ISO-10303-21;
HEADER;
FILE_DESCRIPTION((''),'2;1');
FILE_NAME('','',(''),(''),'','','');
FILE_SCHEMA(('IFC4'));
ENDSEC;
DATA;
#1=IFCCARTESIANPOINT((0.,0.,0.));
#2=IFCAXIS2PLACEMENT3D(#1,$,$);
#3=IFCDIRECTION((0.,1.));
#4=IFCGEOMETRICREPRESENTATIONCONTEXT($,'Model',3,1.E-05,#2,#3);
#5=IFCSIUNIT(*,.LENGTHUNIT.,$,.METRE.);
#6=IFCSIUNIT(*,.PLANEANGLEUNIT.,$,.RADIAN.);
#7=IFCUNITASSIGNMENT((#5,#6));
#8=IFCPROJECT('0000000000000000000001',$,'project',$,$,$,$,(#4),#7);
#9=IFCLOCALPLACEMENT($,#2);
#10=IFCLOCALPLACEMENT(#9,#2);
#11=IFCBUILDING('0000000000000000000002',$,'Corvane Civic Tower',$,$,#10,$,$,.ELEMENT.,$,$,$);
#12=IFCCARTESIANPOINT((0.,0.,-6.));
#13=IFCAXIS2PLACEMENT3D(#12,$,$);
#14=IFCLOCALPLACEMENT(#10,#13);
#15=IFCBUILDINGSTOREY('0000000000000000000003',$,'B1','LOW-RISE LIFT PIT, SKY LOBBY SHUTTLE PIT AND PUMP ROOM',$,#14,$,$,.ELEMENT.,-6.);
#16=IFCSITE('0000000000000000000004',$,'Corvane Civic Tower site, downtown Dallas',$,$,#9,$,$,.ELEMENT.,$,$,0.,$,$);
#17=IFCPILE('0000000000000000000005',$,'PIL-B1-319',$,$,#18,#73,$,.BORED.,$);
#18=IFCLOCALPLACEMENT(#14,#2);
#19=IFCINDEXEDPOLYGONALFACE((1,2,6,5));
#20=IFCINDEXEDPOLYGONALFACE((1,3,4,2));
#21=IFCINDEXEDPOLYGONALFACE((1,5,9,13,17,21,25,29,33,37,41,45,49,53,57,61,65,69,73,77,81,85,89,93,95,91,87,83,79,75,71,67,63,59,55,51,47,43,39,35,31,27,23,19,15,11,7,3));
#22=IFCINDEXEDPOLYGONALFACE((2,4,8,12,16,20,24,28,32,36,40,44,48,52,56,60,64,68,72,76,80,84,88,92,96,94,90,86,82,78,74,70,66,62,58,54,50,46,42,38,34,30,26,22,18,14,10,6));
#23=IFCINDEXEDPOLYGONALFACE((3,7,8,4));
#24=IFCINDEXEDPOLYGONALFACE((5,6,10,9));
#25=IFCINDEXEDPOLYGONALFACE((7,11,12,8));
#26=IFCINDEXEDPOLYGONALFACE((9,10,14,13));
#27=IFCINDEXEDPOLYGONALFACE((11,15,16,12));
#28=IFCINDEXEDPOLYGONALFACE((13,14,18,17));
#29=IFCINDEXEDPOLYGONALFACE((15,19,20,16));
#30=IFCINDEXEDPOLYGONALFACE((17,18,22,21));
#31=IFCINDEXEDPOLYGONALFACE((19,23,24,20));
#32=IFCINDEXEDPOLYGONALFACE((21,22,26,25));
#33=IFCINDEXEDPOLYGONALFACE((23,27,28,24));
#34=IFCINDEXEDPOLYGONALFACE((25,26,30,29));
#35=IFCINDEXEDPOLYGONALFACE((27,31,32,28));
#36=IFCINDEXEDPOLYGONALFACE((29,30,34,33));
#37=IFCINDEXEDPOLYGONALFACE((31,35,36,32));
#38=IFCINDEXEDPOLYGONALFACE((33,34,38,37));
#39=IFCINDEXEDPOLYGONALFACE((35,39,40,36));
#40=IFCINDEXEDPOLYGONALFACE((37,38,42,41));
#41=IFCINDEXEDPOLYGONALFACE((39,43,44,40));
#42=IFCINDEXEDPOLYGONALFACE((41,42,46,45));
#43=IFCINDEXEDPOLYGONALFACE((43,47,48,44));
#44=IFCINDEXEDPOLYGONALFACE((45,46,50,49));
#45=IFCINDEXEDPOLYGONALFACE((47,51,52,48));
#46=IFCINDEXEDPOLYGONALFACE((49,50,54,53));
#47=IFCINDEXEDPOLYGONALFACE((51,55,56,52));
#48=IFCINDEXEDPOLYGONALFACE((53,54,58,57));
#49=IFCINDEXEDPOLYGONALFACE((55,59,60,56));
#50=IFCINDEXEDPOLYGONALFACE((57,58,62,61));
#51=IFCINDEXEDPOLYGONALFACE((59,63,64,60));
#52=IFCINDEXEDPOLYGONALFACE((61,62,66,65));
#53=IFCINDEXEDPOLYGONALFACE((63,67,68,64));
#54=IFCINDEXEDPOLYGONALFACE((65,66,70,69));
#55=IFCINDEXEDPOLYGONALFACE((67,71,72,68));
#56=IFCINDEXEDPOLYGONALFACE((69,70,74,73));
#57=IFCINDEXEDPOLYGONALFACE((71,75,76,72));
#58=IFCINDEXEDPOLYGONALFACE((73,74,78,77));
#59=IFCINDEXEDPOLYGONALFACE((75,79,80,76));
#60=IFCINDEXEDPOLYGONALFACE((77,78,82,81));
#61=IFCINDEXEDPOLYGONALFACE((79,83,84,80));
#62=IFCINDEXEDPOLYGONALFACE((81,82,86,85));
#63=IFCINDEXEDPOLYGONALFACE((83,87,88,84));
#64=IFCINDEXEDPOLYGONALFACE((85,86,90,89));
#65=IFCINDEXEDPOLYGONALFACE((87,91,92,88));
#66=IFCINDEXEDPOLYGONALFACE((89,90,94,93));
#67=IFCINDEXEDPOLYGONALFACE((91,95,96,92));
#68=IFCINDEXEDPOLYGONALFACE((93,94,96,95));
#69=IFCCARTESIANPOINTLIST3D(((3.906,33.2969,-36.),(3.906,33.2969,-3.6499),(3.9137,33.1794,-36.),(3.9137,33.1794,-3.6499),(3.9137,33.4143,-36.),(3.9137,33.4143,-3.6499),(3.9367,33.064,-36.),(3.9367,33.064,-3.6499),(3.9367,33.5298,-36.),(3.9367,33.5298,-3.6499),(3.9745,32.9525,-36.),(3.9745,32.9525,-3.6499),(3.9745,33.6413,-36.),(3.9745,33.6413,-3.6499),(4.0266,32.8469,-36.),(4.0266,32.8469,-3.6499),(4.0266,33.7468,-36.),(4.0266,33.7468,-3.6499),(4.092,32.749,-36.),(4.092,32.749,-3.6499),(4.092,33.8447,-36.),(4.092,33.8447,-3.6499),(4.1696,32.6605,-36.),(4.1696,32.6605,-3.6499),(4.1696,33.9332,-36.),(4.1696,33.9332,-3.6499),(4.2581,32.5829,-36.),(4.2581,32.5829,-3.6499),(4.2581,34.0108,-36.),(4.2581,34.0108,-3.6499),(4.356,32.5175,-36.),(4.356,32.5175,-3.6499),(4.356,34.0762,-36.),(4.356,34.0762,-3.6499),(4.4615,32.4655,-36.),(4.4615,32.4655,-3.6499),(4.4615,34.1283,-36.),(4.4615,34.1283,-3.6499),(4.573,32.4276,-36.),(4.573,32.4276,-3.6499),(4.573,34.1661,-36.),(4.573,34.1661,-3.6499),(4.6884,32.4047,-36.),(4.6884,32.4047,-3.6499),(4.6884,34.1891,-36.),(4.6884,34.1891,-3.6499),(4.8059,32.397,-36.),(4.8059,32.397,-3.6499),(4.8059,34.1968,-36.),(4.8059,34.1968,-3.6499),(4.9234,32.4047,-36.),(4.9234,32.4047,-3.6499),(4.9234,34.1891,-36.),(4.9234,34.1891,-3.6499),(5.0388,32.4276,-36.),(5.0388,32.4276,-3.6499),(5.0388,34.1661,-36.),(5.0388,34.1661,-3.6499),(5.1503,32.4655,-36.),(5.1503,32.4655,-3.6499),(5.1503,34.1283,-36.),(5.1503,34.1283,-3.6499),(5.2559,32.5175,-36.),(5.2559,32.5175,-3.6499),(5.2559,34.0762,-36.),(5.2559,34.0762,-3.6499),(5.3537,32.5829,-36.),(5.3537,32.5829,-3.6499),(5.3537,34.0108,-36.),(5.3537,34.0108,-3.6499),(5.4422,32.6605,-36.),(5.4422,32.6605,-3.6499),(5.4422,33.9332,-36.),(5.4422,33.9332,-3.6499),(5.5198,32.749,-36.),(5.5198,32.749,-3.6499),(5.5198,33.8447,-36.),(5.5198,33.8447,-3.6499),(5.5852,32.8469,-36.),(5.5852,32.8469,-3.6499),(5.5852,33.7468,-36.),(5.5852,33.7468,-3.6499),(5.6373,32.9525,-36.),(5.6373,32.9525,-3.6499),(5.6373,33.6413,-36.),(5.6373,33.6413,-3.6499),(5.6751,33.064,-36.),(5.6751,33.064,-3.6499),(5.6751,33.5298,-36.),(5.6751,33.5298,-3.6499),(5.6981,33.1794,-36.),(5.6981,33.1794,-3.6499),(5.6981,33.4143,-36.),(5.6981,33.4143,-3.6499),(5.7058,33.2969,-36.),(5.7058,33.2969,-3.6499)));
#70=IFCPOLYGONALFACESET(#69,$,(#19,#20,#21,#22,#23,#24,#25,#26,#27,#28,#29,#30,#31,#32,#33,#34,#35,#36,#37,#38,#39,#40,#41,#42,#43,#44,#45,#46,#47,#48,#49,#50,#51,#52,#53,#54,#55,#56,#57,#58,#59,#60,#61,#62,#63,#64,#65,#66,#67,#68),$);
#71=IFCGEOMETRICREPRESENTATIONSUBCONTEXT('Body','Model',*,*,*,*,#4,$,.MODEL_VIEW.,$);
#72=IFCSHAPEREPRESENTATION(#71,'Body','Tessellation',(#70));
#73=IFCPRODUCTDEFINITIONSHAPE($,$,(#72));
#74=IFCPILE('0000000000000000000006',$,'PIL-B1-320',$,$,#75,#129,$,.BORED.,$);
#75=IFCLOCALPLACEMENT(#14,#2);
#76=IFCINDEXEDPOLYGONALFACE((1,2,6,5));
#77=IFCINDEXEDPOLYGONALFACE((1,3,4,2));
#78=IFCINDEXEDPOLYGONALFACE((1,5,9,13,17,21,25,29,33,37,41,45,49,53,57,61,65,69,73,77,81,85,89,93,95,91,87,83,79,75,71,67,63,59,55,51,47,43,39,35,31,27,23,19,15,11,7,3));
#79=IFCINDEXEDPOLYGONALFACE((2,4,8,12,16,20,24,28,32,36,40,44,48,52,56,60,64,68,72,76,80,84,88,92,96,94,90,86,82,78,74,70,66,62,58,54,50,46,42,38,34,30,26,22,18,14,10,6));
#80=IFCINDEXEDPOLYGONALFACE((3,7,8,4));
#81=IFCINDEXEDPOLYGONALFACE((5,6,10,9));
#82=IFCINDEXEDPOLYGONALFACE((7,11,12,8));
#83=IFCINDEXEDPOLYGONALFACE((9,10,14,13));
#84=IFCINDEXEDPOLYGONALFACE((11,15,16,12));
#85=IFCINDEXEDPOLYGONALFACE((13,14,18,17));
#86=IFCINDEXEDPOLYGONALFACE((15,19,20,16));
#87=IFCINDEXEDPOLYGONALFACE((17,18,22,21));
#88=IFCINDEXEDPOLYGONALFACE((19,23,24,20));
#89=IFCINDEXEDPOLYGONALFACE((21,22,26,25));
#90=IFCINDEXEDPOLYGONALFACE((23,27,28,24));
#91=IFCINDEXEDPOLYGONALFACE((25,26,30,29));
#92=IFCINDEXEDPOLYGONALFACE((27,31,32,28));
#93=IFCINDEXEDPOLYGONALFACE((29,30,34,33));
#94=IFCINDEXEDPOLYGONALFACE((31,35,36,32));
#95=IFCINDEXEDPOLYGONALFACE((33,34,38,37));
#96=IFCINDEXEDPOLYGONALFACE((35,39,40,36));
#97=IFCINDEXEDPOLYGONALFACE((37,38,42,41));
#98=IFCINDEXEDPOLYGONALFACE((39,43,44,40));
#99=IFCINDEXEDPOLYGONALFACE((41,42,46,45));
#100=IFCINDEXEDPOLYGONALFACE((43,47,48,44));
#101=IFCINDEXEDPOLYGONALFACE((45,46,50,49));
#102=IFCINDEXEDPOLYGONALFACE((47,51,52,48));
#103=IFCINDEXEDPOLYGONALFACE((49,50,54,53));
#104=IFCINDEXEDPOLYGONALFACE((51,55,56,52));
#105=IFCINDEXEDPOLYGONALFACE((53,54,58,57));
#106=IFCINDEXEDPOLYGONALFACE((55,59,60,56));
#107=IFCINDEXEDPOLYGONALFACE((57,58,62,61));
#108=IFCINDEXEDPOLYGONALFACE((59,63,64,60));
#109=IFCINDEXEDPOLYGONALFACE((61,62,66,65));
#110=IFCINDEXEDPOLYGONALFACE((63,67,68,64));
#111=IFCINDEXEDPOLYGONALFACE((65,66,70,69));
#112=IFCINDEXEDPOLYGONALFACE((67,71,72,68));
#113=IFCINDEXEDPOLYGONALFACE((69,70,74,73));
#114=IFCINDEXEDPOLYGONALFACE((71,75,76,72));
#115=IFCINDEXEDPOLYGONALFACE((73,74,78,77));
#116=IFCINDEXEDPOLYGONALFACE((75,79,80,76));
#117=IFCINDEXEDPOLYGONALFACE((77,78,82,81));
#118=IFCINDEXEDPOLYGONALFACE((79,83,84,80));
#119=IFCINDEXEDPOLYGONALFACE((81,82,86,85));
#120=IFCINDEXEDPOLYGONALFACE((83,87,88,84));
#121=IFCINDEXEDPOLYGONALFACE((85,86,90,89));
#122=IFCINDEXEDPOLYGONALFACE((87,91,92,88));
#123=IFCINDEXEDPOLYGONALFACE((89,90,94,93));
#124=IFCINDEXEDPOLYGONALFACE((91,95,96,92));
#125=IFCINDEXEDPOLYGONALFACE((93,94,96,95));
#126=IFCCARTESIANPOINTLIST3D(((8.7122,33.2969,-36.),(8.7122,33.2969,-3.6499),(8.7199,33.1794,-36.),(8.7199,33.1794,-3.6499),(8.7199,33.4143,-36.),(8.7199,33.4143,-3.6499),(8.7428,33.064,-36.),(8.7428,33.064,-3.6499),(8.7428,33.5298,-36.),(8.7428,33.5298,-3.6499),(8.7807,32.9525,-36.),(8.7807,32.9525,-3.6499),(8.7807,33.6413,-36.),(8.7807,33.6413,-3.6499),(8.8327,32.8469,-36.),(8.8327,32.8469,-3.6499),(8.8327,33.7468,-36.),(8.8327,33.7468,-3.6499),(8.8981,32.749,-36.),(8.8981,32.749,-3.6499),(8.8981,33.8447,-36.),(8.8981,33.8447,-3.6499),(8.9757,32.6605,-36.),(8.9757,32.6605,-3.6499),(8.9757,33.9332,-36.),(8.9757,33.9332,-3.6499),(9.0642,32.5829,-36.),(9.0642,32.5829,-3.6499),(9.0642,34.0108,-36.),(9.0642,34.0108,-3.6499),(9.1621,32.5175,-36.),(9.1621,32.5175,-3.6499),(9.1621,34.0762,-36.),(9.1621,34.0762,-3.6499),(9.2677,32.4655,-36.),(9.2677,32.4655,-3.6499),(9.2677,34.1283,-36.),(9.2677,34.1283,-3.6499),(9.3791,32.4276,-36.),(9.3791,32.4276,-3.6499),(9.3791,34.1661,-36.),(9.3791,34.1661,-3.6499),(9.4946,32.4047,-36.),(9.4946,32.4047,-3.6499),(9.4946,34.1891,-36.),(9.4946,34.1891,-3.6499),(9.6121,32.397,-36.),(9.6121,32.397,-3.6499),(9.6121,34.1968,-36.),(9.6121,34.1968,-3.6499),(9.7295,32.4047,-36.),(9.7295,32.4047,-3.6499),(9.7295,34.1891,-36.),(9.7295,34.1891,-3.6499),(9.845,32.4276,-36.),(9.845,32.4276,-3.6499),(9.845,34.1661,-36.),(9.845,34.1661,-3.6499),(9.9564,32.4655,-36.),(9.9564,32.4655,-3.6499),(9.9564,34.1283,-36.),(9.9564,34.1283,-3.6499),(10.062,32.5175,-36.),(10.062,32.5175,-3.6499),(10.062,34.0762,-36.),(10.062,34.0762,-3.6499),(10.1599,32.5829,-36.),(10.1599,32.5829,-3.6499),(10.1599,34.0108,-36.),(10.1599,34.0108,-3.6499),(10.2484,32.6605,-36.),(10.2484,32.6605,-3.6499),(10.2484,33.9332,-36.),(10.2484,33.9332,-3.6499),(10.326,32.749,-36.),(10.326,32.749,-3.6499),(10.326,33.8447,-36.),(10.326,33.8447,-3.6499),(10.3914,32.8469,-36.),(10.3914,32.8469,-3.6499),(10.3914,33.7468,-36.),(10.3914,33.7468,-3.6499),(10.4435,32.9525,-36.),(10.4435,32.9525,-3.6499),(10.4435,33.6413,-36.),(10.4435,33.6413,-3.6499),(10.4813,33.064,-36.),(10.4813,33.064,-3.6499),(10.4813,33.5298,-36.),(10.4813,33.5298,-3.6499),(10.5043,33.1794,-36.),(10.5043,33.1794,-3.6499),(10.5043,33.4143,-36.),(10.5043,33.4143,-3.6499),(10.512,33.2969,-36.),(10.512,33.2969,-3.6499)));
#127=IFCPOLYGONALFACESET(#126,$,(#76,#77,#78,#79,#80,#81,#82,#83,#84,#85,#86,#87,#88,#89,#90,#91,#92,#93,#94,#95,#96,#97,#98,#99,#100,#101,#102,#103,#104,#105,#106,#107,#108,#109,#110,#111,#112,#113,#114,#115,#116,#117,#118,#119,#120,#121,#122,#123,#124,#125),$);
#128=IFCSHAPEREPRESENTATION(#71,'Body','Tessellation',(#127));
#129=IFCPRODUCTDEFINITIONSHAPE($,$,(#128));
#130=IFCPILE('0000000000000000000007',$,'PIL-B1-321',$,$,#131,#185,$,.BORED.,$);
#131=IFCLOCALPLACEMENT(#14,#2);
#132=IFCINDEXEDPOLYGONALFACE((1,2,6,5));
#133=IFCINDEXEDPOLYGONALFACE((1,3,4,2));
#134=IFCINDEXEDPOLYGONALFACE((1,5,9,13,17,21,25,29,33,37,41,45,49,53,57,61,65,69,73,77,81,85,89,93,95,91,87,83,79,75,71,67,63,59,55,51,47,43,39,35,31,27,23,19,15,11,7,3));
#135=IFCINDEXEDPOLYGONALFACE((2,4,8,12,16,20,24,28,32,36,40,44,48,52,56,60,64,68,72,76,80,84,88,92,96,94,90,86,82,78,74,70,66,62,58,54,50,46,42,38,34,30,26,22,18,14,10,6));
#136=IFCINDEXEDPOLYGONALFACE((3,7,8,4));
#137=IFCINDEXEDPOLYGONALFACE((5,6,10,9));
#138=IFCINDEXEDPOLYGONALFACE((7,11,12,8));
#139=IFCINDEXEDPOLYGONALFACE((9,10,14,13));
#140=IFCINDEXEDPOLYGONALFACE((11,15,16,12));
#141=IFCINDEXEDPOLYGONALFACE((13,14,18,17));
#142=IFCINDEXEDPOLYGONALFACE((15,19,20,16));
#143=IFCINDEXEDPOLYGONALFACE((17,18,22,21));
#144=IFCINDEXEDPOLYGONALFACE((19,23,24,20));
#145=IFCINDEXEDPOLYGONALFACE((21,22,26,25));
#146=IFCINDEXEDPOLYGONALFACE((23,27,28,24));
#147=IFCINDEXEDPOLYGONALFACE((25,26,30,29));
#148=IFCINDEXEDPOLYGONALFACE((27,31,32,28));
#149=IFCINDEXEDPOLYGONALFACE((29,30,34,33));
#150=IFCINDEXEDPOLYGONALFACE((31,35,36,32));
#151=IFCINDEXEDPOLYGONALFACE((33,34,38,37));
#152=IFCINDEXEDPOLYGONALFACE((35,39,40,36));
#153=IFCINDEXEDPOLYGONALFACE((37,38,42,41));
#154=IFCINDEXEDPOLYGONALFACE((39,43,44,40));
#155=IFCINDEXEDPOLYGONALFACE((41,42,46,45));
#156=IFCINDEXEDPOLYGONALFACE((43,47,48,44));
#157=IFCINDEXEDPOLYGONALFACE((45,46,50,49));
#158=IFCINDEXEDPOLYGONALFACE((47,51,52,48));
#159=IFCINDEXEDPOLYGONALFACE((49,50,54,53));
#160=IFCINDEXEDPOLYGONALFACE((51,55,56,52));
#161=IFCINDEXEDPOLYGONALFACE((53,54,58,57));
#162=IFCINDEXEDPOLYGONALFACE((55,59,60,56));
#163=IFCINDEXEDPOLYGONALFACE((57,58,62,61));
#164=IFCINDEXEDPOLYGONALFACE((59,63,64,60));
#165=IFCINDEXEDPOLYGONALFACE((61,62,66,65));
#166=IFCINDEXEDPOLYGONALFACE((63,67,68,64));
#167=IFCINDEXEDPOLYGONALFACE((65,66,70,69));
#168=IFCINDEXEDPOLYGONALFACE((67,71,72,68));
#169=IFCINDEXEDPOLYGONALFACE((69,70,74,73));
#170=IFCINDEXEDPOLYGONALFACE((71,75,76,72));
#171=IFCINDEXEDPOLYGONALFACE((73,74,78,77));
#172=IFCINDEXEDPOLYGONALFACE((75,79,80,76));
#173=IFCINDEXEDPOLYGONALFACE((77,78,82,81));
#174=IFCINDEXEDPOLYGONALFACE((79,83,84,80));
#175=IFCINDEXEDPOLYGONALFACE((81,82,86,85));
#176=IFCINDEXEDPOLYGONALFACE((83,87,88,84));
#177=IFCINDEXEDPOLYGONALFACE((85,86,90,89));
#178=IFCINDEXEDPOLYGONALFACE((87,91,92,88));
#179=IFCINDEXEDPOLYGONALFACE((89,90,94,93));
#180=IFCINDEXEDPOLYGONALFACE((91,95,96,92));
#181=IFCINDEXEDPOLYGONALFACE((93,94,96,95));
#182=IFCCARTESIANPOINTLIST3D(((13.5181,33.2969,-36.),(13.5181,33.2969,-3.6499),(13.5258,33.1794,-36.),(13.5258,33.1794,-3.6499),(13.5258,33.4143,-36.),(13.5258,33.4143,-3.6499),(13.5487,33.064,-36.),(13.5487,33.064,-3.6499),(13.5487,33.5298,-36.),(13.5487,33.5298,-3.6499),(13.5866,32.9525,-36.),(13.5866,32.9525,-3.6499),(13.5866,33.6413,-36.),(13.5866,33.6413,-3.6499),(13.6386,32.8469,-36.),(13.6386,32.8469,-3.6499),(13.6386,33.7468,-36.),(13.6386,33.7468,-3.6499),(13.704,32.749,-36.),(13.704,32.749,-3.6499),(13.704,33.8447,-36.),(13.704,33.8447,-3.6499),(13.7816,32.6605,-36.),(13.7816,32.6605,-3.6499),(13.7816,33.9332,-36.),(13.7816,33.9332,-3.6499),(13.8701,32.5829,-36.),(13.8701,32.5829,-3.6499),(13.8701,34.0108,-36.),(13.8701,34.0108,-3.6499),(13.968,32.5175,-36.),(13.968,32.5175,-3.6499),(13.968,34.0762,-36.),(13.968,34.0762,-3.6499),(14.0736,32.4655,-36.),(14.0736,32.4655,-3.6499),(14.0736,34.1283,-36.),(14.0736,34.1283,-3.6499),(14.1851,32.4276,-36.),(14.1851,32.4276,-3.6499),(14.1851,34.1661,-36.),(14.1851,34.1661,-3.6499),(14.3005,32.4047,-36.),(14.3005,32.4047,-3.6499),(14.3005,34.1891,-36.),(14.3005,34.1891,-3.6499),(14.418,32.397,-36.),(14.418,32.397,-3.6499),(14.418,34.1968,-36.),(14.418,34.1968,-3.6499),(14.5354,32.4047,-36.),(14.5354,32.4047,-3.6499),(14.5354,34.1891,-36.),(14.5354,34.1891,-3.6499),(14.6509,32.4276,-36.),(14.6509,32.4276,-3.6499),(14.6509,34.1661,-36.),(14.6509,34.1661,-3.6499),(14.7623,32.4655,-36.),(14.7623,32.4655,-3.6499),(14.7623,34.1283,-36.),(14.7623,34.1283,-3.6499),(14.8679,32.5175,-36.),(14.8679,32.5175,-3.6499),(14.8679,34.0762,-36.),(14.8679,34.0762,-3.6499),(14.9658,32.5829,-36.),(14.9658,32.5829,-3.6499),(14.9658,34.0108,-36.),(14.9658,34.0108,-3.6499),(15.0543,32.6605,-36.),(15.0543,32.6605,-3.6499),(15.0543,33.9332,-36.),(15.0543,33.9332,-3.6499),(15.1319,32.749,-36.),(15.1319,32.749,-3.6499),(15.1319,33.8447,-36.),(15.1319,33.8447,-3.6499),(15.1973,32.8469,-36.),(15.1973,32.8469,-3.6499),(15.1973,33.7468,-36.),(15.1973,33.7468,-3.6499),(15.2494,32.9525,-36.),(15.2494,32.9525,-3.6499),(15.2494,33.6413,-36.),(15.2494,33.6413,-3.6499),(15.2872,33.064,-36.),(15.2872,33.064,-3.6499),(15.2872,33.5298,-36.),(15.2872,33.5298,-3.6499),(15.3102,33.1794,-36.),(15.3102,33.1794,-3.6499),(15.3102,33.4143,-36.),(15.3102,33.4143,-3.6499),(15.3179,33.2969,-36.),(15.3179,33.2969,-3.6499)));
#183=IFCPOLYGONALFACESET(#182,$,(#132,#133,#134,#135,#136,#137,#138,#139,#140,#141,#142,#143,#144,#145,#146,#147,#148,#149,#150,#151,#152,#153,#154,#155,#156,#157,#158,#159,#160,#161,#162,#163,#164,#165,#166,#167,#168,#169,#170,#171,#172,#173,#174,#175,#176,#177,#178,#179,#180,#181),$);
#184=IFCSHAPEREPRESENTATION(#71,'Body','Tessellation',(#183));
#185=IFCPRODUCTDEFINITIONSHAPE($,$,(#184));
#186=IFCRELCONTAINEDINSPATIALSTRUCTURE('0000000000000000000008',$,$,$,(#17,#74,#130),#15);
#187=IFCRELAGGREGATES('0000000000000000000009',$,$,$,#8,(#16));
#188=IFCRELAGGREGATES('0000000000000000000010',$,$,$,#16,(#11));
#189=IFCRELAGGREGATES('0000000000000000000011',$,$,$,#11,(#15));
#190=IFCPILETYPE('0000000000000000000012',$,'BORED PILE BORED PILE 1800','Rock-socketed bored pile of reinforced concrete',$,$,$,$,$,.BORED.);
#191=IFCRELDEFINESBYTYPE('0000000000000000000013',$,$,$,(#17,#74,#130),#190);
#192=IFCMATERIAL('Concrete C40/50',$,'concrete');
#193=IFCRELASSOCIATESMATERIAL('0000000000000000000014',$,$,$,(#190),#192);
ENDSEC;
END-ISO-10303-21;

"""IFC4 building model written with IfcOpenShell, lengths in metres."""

from ifc_helpers import new_model, si_unit, direction, frame, origin, origin_2d, place, context, subcontext, project, spatial, circle, extrude, material, material_profile, profile_set, type_object, element, save


model = new_model("IFC4")

# Units and contexts
model_context = context("Model", 3, precision=1e-05, world=origin(), true_north=direction((0.0, 1.0)))
body_context = subcontext(model_context, "Body", "Model", "MODEL_VIEW")
ifc_project = project(units=[si_unit("LENGTHUNIT", "METRE"), si_unit("PLANEANGLEUNIT", "RADIAN")], contexts=[model_context])

# Site, building, storey
site_placement = place(None, origin())
site = spatial("IfcSite", under=ifc_project, at=site_placement, Name="Corvane Civic Tower site, downtown Dallas", CompositionType="ELEMENT", RefElevation=0.0)
building_placement = place(site_placement, origin())
building = spatial("IfcBuilding", under=site, at=building_placement, Name="Corvane Civic Tower", CompositionType="ELEMENT")
storey_placement = place(building_placement, frame((0.0, 0.0, -6.0)))
storey = spatial("IfcBuildingStorey", under=building, at=storey_placement, Name="B1", Description="LOW-RISE LIFT PIT, SKY LOBBY SHUTTLE PIT AND PUMP ROOM", CompositionType="ELEMENT", Elevation=-6.0)

# Piles
ifc_material_1 = material(Name="Concrete C40/50", Category="concrete")
ifc_material_profile_1 = material_profile(ifc_material_1, circle(Radius=0.8999, at=origin_2d()), Name="BORED PILE 1800")
ifc_profile_set_1 = profile_set([ifc_material_profile_1], Name="Concrete C40/50")
pile_type_1 = type_object("IfcPileType", Name="BORED PILE BORED PILE 1800", Description="Rock-socketed bored pile of reinforced concrete", PredefinedType="BORED", material=ifc_profile_set_1)
for number, where, z_axis, x_axis, name in (
    (1, (4.8059, 33.2969, -3.6499), (0.0, 0.0, -1.0), (1.0, 0.0, 0.0), "PIL-B1-319"),
    (2, (9.6121, 33.2969, -3.6499), (0.0, 0.0, -1.0), (1.0, 0.0, 0.0), "PIL-B1-320"),
    (3, (14.418, 33.2969, -3.6499), (0.0, 0.0, -1.0), (1.0, 0.0, 0.0), "PIL-B1-321"),
):
    element("IfcPile", number, at=place(storey_placement, frame(where, z_axis=z_axis, x_axis=x_axis)), inside=storey, type_object=pile_type_1, Name=name, PredefinedType="BORED", context=body_context, shape_type="SweptSolid", body=[
        extrude(circle(Radius=0.8999, at=origin_2d()), origin(), (0.0, 0.0, 1.0), 32.3501),
    ])

save(model, "model.ifc")
